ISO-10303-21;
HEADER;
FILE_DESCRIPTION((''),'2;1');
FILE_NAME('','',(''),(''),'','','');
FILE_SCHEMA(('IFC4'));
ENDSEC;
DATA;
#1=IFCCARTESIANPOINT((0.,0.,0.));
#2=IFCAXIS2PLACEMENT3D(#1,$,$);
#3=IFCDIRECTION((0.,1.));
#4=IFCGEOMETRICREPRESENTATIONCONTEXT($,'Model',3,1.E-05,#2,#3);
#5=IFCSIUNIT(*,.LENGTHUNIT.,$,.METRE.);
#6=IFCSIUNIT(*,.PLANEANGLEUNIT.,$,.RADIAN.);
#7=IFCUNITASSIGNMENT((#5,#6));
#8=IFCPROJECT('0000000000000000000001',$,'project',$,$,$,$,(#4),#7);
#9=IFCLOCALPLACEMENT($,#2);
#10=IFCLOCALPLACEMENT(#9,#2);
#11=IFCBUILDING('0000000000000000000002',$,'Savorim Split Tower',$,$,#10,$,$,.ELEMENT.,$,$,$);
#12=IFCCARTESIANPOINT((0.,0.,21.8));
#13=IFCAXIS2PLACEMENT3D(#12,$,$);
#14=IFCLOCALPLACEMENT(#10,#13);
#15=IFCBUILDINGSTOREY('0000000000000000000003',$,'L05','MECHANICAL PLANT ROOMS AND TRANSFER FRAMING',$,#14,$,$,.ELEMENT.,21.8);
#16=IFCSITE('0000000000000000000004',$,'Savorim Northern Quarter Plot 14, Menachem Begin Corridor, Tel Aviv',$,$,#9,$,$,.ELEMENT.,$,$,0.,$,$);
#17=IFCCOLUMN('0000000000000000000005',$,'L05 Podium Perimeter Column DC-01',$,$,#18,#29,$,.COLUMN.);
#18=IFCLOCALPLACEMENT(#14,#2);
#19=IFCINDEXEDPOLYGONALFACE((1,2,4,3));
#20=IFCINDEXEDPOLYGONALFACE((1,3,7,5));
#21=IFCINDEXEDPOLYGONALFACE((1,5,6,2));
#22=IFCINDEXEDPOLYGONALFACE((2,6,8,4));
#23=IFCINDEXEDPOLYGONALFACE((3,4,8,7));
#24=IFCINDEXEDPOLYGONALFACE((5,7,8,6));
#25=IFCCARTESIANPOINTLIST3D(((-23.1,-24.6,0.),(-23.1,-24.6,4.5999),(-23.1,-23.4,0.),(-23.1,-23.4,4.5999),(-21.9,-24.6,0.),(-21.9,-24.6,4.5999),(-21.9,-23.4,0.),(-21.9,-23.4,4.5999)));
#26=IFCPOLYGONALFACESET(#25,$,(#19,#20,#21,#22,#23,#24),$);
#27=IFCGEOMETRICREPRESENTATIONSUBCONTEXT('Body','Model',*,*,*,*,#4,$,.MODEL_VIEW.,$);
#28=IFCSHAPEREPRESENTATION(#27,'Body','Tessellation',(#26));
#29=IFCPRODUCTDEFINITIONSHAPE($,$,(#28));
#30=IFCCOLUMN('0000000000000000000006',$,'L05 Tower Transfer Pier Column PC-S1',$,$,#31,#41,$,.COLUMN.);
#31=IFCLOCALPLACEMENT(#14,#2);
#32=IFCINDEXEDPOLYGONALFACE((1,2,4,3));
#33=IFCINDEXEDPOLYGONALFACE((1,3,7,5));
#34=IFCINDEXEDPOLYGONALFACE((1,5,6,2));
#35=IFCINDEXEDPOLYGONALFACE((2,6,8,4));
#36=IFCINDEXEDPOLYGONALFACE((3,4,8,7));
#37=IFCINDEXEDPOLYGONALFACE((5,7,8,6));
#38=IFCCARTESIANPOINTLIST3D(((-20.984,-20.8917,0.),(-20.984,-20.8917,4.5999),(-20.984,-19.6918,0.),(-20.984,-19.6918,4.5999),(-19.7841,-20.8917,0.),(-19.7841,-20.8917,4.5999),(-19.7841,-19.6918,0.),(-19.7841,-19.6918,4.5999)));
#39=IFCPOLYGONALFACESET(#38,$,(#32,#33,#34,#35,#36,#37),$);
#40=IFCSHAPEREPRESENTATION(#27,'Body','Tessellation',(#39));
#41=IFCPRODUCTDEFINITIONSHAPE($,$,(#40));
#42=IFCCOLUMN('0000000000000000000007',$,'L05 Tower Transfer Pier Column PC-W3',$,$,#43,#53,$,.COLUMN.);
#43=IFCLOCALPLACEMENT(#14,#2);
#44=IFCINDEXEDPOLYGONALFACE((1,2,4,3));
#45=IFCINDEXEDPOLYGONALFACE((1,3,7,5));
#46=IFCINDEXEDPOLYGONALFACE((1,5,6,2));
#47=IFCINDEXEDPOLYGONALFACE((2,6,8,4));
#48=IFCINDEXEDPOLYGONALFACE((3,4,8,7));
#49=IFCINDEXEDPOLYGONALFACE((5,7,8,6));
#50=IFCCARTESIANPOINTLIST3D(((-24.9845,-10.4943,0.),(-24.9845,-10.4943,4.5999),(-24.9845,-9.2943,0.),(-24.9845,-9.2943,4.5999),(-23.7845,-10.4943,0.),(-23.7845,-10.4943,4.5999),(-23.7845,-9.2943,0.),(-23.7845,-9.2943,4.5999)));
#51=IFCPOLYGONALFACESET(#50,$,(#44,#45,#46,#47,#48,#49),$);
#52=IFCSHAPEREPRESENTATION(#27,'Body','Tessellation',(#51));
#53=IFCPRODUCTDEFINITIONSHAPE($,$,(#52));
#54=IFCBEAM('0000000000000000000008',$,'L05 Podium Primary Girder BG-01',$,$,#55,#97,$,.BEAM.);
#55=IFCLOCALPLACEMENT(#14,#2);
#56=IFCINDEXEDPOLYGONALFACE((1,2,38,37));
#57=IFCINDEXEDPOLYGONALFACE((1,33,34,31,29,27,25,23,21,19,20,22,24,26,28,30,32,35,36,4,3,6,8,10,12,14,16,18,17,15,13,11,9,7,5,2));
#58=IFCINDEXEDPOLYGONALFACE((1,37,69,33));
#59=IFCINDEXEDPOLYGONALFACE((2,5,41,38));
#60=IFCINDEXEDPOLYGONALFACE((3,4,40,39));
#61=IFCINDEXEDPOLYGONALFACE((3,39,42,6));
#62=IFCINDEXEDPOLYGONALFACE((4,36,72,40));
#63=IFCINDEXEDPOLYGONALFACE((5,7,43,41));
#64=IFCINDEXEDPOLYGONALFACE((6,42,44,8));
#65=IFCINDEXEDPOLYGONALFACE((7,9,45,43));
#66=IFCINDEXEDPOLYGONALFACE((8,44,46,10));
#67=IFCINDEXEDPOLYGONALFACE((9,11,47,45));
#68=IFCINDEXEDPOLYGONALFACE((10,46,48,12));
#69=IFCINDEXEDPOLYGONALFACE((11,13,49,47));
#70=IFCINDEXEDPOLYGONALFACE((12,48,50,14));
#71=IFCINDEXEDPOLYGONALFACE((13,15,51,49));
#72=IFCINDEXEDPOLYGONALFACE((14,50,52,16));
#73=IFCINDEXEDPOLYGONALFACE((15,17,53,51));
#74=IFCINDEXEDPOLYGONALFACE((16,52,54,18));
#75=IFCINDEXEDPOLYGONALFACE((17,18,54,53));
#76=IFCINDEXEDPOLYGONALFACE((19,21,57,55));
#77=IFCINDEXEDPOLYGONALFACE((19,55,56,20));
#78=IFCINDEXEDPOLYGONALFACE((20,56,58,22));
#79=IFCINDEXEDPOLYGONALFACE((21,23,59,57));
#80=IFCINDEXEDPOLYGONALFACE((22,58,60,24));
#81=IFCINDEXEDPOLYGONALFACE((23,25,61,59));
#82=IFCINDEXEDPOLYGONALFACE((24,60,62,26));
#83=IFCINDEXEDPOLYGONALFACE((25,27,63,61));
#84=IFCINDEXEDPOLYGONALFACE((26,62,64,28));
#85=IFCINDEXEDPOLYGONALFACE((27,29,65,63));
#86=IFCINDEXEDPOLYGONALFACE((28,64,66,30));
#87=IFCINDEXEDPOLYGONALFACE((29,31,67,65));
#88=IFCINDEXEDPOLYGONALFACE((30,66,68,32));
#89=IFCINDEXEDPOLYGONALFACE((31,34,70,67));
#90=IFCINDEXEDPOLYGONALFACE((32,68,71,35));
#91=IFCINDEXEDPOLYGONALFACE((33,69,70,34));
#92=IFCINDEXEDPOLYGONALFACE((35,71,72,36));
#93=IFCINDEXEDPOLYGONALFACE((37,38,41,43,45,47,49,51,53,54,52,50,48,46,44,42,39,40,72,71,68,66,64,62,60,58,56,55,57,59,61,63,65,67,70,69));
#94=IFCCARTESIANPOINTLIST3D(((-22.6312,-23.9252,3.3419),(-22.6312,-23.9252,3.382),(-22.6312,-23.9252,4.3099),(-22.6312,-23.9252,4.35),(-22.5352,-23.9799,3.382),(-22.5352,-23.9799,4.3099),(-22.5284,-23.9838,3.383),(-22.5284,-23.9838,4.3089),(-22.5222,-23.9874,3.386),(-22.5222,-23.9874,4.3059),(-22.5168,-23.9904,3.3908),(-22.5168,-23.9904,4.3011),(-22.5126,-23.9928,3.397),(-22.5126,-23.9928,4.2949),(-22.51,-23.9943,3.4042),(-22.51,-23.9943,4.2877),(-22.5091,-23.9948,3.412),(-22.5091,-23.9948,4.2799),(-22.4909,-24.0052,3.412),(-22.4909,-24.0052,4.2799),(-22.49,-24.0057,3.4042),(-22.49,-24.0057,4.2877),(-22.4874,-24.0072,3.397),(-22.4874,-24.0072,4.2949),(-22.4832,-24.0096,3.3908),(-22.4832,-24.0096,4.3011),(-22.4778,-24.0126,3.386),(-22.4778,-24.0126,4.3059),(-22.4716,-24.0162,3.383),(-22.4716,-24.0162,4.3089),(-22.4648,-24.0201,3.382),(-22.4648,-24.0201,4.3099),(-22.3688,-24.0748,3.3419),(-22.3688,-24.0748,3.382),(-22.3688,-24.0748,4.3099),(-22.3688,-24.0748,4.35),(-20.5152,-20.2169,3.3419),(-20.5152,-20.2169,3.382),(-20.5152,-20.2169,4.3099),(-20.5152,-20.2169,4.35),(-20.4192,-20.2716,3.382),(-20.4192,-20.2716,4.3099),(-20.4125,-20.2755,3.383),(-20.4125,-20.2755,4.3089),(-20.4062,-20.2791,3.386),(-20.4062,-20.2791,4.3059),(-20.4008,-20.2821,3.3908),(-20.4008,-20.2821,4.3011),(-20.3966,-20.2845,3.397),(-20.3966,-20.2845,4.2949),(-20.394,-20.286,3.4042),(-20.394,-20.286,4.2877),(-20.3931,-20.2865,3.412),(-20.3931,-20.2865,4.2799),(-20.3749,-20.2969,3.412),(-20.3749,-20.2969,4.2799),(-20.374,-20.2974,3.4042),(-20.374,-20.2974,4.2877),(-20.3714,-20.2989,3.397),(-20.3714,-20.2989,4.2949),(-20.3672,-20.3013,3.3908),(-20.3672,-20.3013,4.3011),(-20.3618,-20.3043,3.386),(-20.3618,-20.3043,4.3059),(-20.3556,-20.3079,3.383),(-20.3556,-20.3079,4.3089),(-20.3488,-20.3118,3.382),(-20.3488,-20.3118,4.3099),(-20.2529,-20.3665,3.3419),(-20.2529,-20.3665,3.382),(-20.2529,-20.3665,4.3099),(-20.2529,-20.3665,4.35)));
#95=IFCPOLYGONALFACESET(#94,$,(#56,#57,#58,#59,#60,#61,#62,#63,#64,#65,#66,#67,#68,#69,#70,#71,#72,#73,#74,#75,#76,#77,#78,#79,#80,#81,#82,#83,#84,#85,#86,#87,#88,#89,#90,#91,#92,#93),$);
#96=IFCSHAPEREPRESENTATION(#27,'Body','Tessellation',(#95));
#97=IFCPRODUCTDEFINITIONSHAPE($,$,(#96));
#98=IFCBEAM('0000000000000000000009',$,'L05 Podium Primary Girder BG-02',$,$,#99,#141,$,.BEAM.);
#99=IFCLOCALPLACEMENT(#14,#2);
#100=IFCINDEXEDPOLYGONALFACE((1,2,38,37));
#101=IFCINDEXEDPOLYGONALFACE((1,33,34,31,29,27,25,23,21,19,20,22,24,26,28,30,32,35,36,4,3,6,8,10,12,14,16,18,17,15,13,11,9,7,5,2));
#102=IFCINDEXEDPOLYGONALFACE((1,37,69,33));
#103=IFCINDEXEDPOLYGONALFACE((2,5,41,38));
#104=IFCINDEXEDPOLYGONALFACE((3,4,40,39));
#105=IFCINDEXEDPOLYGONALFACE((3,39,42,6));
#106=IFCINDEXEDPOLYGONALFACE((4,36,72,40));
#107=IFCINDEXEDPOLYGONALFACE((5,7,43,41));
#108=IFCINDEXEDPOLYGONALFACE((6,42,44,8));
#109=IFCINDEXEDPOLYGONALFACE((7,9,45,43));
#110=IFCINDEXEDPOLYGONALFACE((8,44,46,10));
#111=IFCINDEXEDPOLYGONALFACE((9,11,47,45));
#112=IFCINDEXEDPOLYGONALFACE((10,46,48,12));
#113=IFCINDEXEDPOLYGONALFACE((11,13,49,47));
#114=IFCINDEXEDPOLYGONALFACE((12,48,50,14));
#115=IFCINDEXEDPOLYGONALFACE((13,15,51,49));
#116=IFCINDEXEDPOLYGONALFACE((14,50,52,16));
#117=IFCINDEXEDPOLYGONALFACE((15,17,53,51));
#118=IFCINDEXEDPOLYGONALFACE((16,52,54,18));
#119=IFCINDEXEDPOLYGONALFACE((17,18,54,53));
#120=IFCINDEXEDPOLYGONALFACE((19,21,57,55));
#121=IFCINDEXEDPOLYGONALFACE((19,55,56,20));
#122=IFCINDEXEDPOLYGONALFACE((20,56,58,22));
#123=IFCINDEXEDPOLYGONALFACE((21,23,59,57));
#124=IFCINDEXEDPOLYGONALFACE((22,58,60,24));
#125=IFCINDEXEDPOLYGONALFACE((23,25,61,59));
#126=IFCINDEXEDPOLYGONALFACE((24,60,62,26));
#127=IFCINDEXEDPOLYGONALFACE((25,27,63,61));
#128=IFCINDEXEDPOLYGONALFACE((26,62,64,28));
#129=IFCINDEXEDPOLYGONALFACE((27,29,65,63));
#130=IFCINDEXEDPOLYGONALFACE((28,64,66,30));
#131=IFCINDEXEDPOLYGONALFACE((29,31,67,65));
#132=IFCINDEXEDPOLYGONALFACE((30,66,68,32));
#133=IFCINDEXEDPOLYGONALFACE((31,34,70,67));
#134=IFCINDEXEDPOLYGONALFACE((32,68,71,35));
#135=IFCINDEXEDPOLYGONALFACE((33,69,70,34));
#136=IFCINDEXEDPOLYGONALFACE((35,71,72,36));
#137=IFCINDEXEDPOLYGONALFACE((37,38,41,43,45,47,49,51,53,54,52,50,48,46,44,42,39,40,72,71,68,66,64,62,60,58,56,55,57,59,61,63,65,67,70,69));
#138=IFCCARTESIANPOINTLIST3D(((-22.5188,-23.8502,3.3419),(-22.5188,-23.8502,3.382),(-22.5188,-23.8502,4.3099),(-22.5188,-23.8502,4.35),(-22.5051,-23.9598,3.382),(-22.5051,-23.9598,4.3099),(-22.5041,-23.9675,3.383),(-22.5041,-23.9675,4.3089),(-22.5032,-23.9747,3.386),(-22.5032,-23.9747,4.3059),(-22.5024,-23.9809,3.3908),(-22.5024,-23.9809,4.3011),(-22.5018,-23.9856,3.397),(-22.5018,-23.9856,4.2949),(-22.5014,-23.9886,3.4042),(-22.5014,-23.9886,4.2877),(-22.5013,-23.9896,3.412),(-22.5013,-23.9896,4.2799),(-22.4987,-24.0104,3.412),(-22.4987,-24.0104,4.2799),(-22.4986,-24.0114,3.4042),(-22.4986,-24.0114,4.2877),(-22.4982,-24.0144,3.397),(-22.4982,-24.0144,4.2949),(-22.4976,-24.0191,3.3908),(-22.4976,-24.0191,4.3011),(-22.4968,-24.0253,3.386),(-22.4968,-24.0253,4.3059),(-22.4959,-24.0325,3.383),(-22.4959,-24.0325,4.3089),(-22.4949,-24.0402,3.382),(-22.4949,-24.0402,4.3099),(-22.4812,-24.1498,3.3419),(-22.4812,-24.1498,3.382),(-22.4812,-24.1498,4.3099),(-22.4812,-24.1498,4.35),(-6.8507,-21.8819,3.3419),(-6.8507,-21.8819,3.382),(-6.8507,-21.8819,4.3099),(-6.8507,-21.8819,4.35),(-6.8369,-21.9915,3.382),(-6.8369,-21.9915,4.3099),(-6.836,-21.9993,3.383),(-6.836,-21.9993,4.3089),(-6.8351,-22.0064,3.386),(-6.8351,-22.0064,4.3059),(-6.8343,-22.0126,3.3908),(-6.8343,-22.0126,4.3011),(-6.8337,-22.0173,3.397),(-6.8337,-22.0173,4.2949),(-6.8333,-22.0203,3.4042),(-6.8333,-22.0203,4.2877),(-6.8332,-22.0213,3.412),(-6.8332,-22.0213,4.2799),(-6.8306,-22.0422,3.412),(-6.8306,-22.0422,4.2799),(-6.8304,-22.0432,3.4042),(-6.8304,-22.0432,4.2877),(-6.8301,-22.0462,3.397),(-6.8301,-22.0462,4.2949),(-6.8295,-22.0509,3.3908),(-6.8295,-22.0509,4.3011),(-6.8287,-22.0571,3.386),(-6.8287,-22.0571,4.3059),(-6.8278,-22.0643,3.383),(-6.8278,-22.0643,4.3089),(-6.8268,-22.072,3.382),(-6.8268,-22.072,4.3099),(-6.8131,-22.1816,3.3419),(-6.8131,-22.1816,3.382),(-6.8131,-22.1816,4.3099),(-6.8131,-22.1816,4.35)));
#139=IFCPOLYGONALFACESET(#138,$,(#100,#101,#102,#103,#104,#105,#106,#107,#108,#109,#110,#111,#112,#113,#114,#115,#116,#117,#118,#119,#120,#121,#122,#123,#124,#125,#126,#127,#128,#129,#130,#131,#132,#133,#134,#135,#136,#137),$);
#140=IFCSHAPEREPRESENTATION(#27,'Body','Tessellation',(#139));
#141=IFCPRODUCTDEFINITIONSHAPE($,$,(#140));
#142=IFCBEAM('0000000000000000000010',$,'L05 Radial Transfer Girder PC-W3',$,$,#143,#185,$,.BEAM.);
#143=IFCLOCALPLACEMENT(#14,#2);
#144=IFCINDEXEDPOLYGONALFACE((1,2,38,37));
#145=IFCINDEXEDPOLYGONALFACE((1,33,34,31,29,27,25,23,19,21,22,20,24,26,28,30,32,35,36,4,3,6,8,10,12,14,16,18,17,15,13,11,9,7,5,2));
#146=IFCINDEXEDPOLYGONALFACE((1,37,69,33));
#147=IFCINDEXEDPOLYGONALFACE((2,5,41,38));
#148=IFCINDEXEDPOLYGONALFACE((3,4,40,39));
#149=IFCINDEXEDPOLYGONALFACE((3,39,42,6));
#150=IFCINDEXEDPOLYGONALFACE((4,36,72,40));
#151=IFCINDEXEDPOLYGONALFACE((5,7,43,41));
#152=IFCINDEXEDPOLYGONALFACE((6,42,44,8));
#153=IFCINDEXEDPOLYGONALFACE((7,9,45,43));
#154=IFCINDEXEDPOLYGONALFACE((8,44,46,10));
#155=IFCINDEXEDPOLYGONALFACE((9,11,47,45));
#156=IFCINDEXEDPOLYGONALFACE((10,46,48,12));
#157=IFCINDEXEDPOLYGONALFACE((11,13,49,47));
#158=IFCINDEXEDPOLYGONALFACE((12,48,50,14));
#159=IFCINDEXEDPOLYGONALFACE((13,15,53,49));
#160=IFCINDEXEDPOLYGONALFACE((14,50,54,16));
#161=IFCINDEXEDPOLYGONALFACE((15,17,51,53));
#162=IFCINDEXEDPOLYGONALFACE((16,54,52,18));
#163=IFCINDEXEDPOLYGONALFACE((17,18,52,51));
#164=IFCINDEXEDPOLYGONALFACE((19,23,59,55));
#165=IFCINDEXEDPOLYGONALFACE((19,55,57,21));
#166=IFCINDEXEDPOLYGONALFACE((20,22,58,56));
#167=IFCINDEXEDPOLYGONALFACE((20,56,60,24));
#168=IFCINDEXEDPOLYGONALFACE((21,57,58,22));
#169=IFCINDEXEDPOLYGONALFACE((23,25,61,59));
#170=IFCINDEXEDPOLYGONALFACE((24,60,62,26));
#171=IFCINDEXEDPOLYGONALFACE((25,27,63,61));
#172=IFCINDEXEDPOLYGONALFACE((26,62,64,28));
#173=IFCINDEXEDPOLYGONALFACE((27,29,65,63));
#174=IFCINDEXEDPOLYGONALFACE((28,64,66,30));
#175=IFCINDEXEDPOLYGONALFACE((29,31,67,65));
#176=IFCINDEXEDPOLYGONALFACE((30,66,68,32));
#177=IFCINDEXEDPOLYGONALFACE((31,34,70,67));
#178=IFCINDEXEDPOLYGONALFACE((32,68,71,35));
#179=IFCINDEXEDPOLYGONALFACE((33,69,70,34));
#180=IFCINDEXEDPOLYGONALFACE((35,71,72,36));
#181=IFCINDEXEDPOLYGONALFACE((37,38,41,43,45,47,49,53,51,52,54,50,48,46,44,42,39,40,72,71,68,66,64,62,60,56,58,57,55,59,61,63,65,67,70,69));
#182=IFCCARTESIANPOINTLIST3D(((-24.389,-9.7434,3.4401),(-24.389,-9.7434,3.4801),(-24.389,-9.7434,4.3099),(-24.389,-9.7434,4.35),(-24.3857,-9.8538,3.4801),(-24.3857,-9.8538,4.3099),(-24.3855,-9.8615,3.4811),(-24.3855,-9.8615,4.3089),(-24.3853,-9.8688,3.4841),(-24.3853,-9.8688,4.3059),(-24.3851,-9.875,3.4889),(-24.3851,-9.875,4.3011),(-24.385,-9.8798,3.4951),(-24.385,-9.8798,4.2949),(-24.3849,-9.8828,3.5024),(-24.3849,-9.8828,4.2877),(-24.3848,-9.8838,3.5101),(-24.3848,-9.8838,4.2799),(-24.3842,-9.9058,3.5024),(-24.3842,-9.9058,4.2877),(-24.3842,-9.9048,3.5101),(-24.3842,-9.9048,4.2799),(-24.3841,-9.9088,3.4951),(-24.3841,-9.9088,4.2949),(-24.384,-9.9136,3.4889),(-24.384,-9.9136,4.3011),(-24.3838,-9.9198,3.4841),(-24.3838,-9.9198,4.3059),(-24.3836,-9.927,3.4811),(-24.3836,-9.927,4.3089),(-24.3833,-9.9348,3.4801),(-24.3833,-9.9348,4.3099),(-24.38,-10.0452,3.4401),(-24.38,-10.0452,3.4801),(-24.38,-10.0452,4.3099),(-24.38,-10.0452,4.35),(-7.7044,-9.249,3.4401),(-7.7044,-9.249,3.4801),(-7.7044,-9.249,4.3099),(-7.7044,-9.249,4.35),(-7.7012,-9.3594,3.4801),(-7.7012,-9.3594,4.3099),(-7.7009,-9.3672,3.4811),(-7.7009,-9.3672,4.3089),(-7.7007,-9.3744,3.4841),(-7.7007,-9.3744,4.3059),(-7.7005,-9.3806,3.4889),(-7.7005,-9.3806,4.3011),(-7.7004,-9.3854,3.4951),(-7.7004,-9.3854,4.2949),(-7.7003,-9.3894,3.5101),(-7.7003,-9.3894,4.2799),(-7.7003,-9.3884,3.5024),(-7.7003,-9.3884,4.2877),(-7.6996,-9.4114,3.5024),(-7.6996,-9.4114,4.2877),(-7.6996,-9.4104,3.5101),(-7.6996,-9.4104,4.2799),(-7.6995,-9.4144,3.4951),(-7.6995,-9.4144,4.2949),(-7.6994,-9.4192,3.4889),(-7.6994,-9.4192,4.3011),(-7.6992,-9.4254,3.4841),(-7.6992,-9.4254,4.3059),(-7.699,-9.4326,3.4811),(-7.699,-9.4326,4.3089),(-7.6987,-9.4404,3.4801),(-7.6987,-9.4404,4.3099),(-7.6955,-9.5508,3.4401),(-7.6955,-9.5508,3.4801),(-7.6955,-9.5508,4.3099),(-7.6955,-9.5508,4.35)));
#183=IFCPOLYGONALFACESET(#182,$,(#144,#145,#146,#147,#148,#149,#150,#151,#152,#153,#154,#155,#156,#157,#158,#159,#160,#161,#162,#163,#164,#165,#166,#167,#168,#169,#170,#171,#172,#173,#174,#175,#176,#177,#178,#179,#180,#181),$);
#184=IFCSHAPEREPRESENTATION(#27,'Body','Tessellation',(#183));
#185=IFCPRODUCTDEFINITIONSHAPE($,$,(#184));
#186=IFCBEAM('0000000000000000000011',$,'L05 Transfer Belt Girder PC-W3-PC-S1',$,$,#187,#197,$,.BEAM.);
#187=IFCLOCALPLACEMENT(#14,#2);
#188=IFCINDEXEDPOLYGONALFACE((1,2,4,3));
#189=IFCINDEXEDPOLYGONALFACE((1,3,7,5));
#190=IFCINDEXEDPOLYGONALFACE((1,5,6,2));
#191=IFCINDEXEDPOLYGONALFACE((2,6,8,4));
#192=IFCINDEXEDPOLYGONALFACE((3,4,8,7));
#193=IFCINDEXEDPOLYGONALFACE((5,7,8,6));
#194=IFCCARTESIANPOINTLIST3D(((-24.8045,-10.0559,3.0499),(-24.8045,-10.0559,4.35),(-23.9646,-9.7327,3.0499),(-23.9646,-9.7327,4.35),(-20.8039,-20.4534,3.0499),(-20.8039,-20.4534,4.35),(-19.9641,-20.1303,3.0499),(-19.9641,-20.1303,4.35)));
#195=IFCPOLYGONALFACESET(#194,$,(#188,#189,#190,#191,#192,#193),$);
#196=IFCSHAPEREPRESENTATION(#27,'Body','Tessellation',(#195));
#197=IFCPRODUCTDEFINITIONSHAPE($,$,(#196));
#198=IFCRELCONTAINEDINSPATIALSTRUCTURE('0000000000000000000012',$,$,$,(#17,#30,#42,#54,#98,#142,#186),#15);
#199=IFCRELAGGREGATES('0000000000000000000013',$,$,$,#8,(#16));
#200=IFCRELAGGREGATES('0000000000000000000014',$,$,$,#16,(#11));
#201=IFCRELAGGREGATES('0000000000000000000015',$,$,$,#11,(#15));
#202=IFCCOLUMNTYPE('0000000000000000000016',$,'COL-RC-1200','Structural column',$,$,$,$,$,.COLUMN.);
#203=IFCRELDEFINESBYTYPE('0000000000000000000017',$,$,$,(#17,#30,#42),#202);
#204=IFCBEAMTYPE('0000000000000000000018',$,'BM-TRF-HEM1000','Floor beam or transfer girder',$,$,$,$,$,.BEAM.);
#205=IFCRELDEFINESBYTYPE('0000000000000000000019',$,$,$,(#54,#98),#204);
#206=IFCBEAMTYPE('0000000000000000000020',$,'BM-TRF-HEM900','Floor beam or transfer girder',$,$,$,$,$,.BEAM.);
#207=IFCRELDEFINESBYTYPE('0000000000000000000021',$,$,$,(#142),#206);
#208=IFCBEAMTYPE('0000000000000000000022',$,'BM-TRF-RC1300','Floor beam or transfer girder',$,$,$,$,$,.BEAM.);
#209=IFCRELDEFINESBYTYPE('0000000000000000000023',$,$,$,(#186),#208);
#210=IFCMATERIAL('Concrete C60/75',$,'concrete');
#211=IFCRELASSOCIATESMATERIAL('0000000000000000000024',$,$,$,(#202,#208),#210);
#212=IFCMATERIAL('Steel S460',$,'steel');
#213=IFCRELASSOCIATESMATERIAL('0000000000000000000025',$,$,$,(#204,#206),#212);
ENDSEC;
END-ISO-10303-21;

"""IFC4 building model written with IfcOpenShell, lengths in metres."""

from ifc_helpers import new_model, si_unit, direction, frame, origin, origin_2d, place, context, subcontext, project, spatial, rectangle, i_section, extrude, material, material_profile, profile_set, type_object, element, save


model = new_model("IFC4")

# Units and contexts
model_context = context("Model", 3, precision=1e-05, world=origin(), true_north=direction((0.0, 1.0)))
body_context = subcontext(model_context, "Body", "Model", "MODEL_VIEW")
ifc_project = project(units=[si_unit("LENGTHUNIT", "METRE"), si_unit("PLANEANGLEUNIT", "RADIAN")], contexts=[model_context])

# Site, building, storey
site_placement = place(None, origin())
site = spatial("IfcSite", under=ifc_project, at=site_placement, Name="Savorim Northern Quarter Plot 14, Menachem Begin Corridor, Tel Aviv", CompositionType="ELEMENT", RefElevation=0.0)
building_placement = place(site_placement, origin())
building = spatial("IfcBuilding", under=site, at=building_placement, Name="Savorim Split Tower", CompositionType="ELEMENT")
storey_placement = place(building_placement, frame((0.0, 0.0, 21.8)))
storey = spatial("IfcBuildingStorey", under=building, at=storey_placement, Name="L05", Description="MECHANICAL PLANT ROOMS AND TRANSFER FRAMING", CompositionType="ELEMENT", Elevation=21.8)

# Columns
ifc_material_1 = material(Name="Concrete C60/75", Category="concrete")
ifc_material_profile_1 = material_profile(ifc_material_1, rectangle(XDim=1.2, YDim=1.2, at=origin_2d()), Name="RC 1200x1200")
ifc_profile_set_1 = profile_set([ifc_material_profile_1], Name="Concrete C60/75")
column_type = type_object("IfcColumnType", Name="COL-RC-1200", Description="Structural column", PredefinedType="COLUMN", material=ifc_profile_set_1)
for number, where, z_axis, x_axis, name in (
    (1, (-22.5, -24.0, 0.0), (0.0, 0.0, 1.0), (1.0, 0.0, 0.0), "L05 Podium Perimeter Column DC-01"),
    (2, (-20.384, -20.2917, 0.0), (0.0, 0.0, 1.0), (1.0, 0.0, 0.0), "L05 Tower Transfer Pier Column PC-S1"),
    (3, (-24.3845, -9.8943, 0.0), (0.0, 0.0, 1.0), (1.0, 0.0, 0.0), "L05 Tower Transfer Pier Column PC-W3"),
):
    element("IfcColumn", number, at=place(storey_placement, frame(where, z_axis=z_axis, x_axis=x_axis)), inside=storey, type_object=column_type, Name=name, PredefinedType="COLUMN", context=body_context, shape_type="SweptSolid", body=[
        extrude(rectangle(XDim=1.2, YDim=1.2, at=origin_2d()), origin(), (0.0, 0.0, 1.0), 4.5999),
    ])

# Beams
ifc_material_2 = material(Name="Steel S460", Category="steel")
ifc_material_profile_2 = material_profile(ifc_material_2, i_section(OverallWidth=0.302, OverallDepth=1.0081, WebThickness=0.021, FlangeThickness=0.04, FilletRadius=0.03, at=origin_2d()), Name="HE 1000 M")
ifc_profile_set_2 = profile_set([ifc_material_profile_2], Name="Steel S460")
beam_type_1 = type_object("IfcBeamType", Name="BM-TRF-HEM1000", Description="Floor beam or transfer girder", PredefinedType="BEAM", material=ifc_profile_set_2)
beam_1_placement = place(storey_placement, frame((-22.5, -24.0, 3.8459), z_axis=(0.495603, 0.868549, 0.0), x_axis=(-0.868549, 0.495603, 0.0)))
element("IfcBeam", 4, at=beam_1_placement, inside=storey, type_object=beam_type_1, Name="L05 Podium Primary Girder BG-01", PredefinedType="BEAM", context=body_context, shape_type="SweptSolid", body=[
    extrude(i_section(OverallWidth=0.302, OverallDepth=1.0081, WebThickness=0.021, FlangeThickness=0.04, FilletRadius=0.03, at=origin_2d()), origin(), (0.0, 0.0, 1.0), 4.2695),
])
beam_2_placement = place(storey_placement, frame((-22.5, -24.0, 3.8459), z_axis=(0.992202, 0.124642, 0.0), x_axis=(-0.124642, 0.992202, 0.0)))
element("IfcBeam", 5, at=beam_2_placement, inside=storey, type_object=beam_type_1, Name="L05 Podium Primary Girder BG-02", PredefinedType="BEAM", context=body_context, shape_type="SweptSolid", body=[
    extrude(i_section(OverallWidth=0.302, OverallDepth=1.0081, WebThickness=0.021, FlangeThickness=0.04, FilletRadius=0.03, at=origin_2d()), origin(), (0.0, 0.0, 1.0), 15.7913),
])
ifc_material_profile_3 = material_profile(ifc_material_2, i_section(OverallWidth=0.302, OverallDepth=0.9099, WebThickness=0.021, FlangeThickness=0.04, FilletRadius=0.03, at=origin_2d()), Name="HE 900 M")
ifc_profile_set_3 = profile_set([ifc_material_profile_3], Name="Steel S460")
beam_type_2 = type_object("IfcBeamType", Name="BM-TRF-HEM900", Description="Floor beam or transfer girder", PredefinedType="BEAM", material=ifc_profile_set_3)
beam_3_placement = place(storey_placement, frame((-24.3845, -9.8943, 3.895), z_axis=(0.999561, 0.029618, 0.0), x_axis=(-0.029618, 0.999561, 0.0)))
element("IfcBeam", 6, at=beam_3_placement, inside=storey, type_object=beam_type_2, Name="L05 Radial Transfer Girder PC-W3", PredefinedType="BEAM", context=body_context, shape_type="SweptSolid", body=[
    extrude(i_section(OverallWidth=0.302, OverallDepth=0.9099, WebThickness=0.021, FlangeThickness=0.04, FilletRadius=0.03, at=origin_2d()), origin(), (0.0, 0.0, 1.0), 16.6919),
])
ifc_material_profile_4 = material_profile(ifc_material_1, rectangle(XDim=0.8999, YDim=1.3, at=origin_2d()), Name="RC 900x1300")
ifc_profile_set_4 = profile_set([ifc_material_profile_4], Name="Concrete C60/75")
beam_type_3 = type_object("IfcBeamType", Name="BM-TRF-RC1300", Description="Floor beam or transfer girder", PredefinedType="BEAM", material=ifc_profile_set_4)
beam_4_placement = place(storey_placement, frame((-24.3845, -9.8943, 3.7), z_axis=(0.359094, -0.933302, 0.0), x_axis=(0.933302, 0.359094, 0.0)))
element("IfcBeam", 7, at=beam_4_placement, inside=storey, type_object=beam_type_3, Name="L05 Transfer Belt Girder PC-W3-PC-S1", PredefinedType="BEAM", context=body_context, shape_type="SweptSolid", body=[
    extrude(rectangle(XDim=0.8999, YDim=1.3, at=origin_2d()), origin(), (0.0, 0.0, 1.0), 11.1406),
])

save(model, "model.ifc")
